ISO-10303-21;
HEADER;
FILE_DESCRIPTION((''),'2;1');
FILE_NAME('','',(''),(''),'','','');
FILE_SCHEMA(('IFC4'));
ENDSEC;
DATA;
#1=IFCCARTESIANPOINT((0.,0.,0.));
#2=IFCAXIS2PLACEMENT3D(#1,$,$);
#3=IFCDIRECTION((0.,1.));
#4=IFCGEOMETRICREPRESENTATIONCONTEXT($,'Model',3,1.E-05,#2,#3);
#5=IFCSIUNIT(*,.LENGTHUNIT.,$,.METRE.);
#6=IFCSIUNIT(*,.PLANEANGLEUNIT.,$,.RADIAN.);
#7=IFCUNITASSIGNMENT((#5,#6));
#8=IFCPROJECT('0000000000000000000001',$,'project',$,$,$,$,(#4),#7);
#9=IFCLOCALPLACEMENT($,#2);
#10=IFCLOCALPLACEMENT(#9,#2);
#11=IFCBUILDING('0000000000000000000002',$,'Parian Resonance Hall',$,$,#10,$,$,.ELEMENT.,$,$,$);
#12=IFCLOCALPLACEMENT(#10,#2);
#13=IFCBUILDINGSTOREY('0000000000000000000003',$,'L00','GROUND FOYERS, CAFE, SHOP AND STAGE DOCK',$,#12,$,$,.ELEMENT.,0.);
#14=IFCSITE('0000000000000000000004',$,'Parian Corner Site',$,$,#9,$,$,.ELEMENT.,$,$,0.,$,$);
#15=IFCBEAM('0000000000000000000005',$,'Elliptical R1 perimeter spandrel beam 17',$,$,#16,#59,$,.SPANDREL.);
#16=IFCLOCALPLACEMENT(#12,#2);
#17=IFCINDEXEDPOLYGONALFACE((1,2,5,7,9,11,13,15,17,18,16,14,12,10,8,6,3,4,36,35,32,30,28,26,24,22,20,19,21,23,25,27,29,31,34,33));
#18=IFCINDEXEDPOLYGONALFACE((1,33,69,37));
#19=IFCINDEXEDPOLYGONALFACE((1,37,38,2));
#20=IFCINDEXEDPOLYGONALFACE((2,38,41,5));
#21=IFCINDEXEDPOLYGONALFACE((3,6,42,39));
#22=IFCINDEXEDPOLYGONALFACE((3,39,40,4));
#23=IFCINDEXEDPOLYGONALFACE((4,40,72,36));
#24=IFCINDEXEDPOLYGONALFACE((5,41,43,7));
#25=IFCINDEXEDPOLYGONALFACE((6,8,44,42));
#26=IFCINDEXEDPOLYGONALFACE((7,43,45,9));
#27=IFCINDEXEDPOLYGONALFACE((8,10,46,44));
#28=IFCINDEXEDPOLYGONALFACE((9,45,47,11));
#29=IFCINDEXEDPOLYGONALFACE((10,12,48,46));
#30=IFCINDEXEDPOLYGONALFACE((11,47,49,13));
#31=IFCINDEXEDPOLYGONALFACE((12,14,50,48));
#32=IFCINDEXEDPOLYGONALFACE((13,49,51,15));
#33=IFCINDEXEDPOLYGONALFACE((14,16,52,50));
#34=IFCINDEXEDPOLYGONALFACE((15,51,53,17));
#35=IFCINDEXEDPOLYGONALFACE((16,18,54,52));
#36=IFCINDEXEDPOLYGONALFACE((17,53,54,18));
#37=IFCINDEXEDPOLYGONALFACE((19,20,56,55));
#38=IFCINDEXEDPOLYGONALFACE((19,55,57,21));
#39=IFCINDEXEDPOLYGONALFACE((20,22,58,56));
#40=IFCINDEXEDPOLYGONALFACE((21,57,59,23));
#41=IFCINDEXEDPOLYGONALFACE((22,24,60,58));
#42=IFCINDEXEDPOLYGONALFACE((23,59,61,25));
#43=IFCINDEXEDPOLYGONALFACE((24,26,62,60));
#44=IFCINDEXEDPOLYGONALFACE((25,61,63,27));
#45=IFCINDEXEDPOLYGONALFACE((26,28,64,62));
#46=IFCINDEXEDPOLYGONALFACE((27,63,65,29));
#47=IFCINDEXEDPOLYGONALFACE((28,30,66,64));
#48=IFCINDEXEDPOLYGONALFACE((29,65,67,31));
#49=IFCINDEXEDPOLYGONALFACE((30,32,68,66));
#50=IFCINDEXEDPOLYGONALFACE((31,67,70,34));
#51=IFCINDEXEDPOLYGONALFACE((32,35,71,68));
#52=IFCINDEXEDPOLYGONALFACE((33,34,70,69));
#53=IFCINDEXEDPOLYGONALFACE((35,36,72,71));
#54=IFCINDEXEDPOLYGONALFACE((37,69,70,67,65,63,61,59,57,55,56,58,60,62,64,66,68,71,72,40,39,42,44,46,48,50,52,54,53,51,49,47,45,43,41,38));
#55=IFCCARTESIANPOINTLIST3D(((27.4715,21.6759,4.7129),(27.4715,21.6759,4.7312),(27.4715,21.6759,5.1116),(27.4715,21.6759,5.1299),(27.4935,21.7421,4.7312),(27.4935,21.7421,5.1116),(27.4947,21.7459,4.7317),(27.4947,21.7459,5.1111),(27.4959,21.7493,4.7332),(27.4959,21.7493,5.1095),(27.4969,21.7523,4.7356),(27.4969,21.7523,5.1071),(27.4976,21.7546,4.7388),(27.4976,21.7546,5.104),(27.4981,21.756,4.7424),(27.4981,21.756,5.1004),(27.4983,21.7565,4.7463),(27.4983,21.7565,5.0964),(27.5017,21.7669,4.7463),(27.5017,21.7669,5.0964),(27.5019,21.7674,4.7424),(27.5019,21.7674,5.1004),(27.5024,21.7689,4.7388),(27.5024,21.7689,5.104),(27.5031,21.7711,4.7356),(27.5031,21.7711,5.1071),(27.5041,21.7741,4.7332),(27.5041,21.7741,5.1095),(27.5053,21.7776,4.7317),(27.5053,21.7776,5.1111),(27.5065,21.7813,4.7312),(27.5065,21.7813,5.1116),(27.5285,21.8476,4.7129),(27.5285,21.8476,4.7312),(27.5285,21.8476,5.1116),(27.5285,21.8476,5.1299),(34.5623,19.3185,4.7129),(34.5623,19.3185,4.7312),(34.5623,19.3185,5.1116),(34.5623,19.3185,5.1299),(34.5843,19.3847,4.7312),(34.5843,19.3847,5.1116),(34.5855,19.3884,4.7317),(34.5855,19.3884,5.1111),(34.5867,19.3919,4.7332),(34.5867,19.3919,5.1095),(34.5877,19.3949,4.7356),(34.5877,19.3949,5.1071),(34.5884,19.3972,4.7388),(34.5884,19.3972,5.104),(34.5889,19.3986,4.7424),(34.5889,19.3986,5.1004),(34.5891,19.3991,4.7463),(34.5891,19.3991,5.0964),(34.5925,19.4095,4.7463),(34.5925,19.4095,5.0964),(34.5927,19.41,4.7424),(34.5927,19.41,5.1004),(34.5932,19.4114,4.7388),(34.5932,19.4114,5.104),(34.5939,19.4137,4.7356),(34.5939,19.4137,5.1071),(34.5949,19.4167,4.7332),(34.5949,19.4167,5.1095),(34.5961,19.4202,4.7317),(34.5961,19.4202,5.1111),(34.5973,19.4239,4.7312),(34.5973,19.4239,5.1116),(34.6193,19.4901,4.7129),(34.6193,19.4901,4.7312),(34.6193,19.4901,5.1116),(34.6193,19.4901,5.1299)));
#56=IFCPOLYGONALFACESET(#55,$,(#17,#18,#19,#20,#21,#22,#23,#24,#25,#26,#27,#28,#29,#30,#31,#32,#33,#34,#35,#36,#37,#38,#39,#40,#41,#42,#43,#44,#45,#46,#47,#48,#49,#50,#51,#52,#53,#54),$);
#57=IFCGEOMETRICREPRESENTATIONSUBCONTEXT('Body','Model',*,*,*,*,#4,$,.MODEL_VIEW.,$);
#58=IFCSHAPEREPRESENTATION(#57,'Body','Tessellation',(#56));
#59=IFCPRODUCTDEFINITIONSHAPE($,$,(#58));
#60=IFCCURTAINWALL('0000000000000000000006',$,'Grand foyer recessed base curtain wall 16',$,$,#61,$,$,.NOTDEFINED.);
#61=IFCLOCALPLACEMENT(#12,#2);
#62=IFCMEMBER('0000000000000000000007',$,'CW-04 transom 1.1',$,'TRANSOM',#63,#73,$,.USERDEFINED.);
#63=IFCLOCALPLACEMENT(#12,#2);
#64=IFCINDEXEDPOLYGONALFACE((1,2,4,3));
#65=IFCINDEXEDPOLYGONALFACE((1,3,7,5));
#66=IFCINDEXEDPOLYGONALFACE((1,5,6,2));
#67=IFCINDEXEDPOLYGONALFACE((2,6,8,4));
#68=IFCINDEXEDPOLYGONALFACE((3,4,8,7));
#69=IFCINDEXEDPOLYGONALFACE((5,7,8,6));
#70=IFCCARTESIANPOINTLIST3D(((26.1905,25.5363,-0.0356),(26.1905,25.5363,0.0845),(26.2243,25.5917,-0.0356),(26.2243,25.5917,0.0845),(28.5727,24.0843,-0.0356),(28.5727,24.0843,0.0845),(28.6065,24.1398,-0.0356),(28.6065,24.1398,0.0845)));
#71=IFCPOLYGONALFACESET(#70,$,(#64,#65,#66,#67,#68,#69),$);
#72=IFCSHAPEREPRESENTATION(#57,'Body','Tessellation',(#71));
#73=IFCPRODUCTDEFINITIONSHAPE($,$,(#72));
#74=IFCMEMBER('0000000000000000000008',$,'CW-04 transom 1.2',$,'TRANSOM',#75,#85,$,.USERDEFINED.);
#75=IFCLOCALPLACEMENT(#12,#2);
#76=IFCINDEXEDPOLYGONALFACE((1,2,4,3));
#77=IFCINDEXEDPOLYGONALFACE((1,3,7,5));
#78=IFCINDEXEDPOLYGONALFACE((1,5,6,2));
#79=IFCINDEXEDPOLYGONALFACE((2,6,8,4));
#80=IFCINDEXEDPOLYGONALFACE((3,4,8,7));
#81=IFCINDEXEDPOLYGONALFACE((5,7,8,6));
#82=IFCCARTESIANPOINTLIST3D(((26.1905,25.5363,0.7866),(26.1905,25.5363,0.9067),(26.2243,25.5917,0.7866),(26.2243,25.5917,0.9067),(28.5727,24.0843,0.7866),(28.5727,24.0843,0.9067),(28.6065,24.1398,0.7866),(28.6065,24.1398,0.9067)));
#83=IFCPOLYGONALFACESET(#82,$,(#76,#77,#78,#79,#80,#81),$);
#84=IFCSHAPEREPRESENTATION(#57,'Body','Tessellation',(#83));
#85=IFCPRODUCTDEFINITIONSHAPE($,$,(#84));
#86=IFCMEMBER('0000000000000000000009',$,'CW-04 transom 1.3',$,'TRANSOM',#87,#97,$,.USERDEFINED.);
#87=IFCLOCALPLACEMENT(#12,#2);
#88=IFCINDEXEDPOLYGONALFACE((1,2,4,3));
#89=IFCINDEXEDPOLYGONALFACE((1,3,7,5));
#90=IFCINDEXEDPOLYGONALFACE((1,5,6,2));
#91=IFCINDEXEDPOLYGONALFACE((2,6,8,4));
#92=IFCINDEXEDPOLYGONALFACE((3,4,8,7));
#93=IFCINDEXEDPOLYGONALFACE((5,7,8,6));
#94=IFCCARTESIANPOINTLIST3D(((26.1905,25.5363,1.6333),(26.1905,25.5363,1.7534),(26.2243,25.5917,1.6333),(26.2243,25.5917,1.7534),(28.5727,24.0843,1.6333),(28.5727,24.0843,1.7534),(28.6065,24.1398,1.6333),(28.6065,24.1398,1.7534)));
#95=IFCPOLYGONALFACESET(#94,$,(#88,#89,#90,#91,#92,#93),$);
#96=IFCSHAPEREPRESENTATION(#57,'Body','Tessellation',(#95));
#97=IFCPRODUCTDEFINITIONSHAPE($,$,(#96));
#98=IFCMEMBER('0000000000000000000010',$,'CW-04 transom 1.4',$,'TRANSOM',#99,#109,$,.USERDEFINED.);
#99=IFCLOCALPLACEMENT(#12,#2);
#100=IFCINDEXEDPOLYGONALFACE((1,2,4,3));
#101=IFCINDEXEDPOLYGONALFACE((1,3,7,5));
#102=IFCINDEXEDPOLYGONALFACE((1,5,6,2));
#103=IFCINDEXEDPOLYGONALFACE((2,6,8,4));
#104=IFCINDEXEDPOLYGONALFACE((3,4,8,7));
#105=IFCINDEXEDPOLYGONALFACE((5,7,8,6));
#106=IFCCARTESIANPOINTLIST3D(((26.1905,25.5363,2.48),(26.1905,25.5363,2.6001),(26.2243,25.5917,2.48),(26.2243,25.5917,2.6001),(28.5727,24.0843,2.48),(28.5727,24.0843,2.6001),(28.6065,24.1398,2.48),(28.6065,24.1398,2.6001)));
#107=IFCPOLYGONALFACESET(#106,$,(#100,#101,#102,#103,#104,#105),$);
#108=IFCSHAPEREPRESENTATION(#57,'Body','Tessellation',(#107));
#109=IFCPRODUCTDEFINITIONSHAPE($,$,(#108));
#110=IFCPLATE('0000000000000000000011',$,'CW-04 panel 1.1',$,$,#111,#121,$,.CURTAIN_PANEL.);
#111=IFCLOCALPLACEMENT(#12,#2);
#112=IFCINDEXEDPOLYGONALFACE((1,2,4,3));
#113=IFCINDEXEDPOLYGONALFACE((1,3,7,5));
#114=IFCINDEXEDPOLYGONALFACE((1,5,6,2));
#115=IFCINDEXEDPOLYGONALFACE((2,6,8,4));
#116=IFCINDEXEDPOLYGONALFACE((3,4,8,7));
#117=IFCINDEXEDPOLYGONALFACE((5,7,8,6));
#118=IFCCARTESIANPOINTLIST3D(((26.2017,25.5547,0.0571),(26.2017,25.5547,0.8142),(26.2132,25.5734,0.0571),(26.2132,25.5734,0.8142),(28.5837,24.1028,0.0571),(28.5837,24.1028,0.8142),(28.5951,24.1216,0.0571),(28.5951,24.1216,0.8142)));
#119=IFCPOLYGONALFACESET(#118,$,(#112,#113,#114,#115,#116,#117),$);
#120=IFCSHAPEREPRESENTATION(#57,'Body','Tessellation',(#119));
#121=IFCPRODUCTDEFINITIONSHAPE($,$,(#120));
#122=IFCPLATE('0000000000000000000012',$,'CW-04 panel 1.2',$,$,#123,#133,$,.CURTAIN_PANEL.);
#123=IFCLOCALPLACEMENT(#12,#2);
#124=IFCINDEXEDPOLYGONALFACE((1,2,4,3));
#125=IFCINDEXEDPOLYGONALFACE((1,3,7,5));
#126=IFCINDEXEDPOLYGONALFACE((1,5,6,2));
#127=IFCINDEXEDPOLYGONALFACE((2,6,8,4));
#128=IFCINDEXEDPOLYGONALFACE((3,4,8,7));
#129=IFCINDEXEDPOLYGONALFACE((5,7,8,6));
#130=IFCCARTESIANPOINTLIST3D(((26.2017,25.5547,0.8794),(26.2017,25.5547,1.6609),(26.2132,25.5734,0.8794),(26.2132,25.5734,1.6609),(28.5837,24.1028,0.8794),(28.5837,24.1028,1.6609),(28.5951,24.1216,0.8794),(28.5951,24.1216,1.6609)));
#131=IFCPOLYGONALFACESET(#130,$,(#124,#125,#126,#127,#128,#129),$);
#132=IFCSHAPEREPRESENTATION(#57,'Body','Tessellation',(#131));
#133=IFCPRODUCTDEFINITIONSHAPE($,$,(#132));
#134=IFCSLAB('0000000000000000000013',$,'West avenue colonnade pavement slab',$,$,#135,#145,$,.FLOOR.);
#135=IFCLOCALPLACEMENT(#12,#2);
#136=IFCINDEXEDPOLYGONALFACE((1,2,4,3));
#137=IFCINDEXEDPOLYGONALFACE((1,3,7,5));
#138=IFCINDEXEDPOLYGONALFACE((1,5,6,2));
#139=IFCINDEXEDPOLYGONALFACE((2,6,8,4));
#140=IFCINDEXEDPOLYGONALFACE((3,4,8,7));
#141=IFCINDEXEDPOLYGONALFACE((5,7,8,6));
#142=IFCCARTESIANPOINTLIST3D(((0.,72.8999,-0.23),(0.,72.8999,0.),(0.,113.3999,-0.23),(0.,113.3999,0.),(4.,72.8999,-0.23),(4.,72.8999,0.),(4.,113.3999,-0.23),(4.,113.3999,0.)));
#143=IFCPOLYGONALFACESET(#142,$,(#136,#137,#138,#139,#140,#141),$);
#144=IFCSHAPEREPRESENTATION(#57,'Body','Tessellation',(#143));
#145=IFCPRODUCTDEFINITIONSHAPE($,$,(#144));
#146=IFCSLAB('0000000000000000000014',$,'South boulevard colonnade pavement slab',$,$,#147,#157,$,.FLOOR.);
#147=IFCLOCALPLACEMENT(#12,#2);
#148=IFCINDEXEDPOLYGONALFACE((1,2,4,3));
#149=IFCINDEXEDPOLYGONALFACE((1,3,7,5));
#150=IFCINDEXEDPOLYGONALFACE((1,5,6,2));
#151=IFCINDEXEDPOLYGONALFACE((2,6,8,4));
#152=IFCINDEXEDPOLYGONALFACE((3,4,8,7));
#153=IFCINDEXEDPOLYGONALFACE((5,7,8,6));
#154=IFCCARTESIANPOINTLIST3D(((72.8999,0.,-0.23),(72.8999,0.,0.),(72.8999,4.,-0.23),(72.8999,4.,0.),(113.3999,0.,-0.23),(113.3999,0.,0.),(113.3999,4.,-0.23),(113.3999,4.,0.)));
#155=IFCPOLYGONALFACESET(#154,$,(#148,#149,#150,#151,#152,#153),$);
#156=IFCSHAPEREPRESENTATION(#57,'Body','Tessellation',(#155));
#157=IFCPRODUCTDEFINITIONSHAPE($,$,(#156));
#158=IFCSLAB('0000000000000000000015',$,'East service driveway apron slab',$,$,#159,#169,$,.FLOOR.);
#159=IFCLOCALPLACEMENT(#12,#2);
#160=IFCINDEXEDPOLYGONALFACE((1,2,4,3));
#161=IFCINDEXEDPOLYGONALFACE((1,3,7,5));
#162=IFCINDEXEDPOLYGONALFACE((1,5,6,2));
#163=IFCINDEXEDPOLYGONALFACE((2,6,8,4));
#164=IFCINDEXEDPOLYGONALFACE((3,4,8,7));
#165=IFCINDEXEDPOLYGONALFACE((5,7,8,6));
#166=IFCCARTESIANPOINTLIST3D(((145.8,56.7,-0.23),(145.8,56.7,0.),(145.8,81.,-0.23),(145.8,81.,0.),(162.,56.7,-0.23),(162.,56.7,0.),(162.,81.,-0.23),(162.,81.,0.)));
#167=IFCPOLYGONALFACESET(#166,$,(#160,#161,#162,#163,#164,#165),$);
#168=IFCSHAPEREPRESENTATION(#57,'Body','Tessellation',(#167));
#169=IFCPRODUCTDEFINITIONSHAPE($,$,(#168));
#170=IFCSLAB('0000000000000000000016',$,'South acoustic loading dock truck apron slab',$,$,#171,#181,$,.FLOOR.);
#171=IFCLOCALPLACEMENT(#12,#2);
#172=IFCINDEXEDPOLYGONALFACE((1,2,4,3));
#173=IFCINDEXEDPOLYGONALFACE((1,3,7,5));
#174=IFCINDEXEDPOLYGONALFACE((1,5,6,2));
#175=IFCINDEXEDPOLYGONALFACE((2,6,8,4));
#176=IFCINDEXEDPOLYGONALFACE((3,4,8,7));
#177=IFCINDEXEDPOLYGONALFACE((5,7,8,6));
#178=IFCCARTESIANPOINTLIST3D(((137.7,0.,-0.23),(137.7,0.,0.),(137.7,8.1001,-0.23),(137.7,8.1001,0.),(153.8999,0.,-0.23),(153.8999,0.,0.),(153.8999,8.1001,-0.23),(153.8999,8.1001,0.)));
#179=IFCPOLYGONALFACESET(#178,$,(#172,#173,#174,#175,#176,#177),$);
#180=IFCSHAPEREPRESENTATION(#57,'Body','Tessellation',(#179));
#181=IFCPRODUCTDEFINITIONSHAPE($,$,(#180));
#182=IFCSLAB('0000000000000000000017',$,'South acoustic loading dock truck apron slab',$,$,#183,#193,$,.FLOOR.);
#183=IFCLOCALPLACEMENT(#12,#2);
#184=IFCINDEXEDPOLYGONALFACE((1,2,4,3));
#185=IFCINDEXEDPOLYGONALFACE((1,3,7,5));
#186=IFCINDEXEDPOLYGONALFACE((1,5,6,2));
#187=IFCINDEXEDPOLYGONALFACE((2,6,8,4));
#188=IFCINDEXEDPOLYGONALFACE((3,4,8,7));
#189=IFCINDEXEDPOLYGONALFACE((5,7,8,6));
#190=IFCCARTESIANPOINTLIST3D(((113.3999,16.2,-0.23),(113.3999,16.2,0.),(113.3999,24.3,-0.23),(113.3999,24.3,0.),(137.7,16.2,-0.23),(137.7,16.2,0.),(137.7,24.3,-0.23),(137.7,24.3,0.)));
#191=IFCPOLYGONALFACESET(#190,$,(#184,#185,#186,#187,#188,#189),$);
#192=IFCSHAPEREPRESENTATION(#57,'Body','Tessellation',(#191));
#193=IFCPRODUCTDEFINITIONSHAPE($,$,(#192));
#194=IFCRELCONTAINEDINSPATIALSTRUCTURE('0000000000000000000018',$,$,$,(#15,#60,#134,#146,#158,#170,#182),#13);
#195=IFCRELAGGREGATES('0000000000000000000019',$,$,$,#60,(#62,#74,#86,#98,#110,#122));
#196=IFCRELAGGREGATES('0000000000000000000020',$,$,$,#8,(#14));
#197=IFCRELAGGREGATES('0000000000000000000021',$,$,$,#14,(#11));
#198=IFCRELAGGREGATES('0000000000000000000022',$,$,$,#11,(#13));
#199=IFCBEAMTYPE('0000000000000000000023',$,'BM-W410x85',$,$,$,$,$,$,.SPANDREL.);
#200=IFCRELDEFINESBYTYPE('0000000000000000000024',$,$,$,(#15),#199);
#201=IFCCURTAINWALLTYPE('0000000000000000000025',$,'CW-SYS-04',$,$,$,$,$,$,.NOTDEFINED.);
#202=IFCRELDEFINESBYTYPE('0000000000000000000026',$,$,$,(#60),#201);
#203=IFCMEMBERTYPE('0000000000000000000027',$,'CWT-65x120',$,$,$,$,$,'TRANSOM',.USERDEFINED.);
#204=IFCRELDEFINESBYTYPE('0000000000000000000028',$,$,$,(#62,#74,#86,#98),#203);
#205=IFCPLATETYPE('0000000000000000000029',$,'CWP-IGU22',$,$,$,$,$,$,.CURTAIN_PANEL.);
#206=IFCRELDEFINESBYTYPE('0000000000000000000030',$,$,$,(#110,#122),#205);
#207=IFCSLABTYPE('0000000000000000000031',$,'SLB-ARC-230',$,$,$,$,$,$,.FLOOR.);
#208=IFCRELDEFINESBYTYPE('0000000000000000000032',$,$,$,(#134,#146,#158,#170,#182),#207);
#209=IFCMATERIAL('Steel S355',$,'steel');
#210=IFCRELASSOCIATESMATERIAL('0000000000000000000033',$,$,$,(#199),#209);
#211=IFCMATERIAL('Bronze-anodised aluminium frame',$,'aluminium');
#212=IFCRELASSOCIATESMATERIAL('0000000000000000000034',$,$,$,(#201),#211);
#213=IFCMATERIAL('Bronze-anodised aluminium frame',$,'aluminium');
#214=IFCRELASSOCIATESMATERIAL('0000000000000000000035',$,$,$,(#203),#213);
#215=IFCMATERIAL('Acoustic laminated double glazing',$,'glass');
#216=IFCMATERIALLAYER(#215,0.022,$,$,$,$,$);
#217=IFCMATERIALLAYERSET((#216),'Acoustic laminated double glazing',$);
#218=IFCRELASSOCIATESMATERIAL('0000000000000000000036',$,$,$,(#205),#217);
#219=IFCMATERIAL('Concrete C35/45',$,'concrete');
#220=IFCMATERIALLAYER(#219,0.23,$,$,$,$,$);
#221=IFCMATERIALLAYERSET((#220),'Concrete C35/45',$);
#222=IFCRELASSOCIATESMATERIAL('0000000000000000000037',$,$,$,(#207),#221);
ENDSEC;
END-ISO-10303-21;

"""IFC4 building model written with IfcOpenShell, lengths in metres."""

from ifc_helpers import new_model, si_unit, direction, frame, origin, origin_2d, place, context, subcontext, project, spatial, polyline, rectangle, i_section, outline, extrude, material, layer, layer_set, material_profile, profile_set, type_object, element, aggregate, save


model = new_model("IFC4")

# Units and contexts
model_context = context("Model", 3, precision=1e-05, world=origin(), true_north=direction((0.0, 1.0)))
body_context = subcontext(model_context, "Body", "Model", "MODEL_VIEW")
ifc_project = project(units=[si_unit("LENGTHUNIT", "METRE"), si_unit("PLANEANGLEUNIT", "RADIAN")], contexts=[model_context])

# Site, building, storey
site_placement = place(None, origin())
site = spatial("IfcSite", under=ifc_project, at=site_placement, Name="Parian Corner Site", CompositionType="ELEMENT", RefElevation=0.0)
building_placement = place(site_placement, origin())
building = spatial("IfcBuilding", under=site, at=building_placement, Name="Parian Resonance Hall", CompositionType="ELEMENT")
storey_placement = place(building_placement, origin())
storey = spatial("IfcBuildingStorey", under=building, at=storey_placement, Name="L00", Description="GROUND FOYERS, CAFE, SHOP AND STAGE DOCK", CompositionType="ELEMENT", Elevation=0.0)

# Beam
ifc_material_1 = material(Name="Steel S355", Category="steel")
ifc_material_profile_1 = material_profile(ifc_material_1, i_section(OverallWidth=0.1809, OverallDepth=0.417, WebThickness=0.011, FlangeThickness=0.0183, FilletRadius=0.0151, at=origin_2d()), Name="W410x85")
ifc_profile_set_1 = profile_set([ifc_material_profile_1], Name="Steel S355")
beam_type = type_object("IfcBeamType", Name="BM-W410x85", PredefinedType="SPANDREL", material=ifc_profile_set_1)
beam_placement = place(storey_placement, frame((27.5, 21.7617, 4.9214), z_axis=(0.948931, -0.315483, 0.0), x_axis=(0.315483, 0.948931, 0.0)))
element("IfcBeam", 1, at=beam_placement, inside=storey, type_object=beam_type, Name="Elliptical R1 perimeter spandrel beam 17", PredefinedType="SPANDREL", context=body_context, shape_type="SweptSolid", body=[
    extrude(i_section(OverallWidth=0.1809, OverallDepth=0.417, WebThickness=0.011, FlangeThickness=0.0183, FilletRadius=0.0151, at=origin_2d()), origin(), (0.0, 0.0, 1.0), 7.4724),
])

# Curtain wall, members, plates
ifc_material_2 = material(Name="Bronze-anodised aluminium frame", Category="aluminium")
curtain_wall_type = type_object("IfcCurtainWallType", Name="CW-SYS-04", PredefinedType="NOTDEFINED", material=ifc_material_2)
curtain_wall_placement = place(storey_placement, origin())
curtain_wall = element("IfcCurtainWall", 2, at=curtain_wall_placement, inside=storey, type_object=curtain_wall_type, Name="Grand foyer recessed base curtain wall 16", PredefinedType="NOTDEFINED")
ifc_material_3 = material(Name="Bronze-anodised aluminium frame", Category="aluminium")
ifc_material_profile_2 = material_profile(ifc_material_3, rectangle(XDim=0.0649, YDim=0.1201, at=origin_2d()), Name="CWT-65x120")
ifc_profile_set_2 = profile_set([ifc_material_profile_2], Name="Bronze-anodised aluminium frame")
member_type = type_object("IfcMemberType", Name="CWT-65x120", ElementType="TRANSOM", PredefinedType="USERDEFINED", material=ifc_profile_set_2)
member_1_placement = place(storey_placement, frame((28.5896, 24.1121, 0.0244), z_axis=(-0.853889, 0.520455, 0.0), x_axis=(-0.520455, -0.853889, 0.0)))
member_1 = element("IfcMember", 3, at=member_1_placement, type_object=member_type, Name="CW-04 transom 1.1", ObjectType="TRANSOM", PredefinedType="USERDEFINED", context=body_context, shape_type="SweptSolid", body=[
    extrude(rectangle(XDim=0.0649, YDim=0.1201, at=origin_2d()), origin(), (0.0, 0.0, 1.0), 2.7898),
])
member_2_placement = place(storey_placement, frame((28.5896, 24.1121, 0.8467), z_axis=(-0.853889, 0.520455, 0.0), x_axis=(-0.520455, -0.853889, 0.0)))
member_2 = element("IfcMember", 4, at=member_2_placement, type_object=member_type, Name="CW-04 transom 1.2", ObjectType="TRANSOM", PredefinedType="USERDEFINED", context=body_context, shape_type="SweptSolid", body=[
    extrude(rectangle(XDim=0.0649, YDim=0.1201, at=origin_2d()), origin(), (0.0, 0.0, 1.0), 2.7898),
])
member_3_placement = place(storey_placement, frame((28.5896, 24.1121, 1.6934), z_axis=(-0.853889, 0.520455, 0.0), x_axis=(-0.520455, -0.853889, 0.0)))
member_3 = element("IfcMember", 5, at=member_3_placement, type_object=member_type, Name="CW-04 transom 1.3", ObjectType="TRANSOM", PredefinedType="USERDEFINED", context=body_context, shape_type="SweptSolid", body=[
    extrude(rectangle(XDim=0.0649, YDim=0.1201, at=origin_2d()), origin(), (0.0, 0.0, 1.0), 2.7898),
])
member_4_placement = place(storey_placement, frame((28.5896, 24.1121, 2.54), z_axis=(-0.853889, 0.520455, 0.0), x_axis=(-0.520455, -0.853889, 0.0)))
member_4 = element("IfcMember", 6, at=member_4_placement, type_object=member_type, Name="CW-04 transom 1.4", ObjectType="TRANSOM", PredefinedType="USERDEFINED", context=body_context, shape_type="SweptSolid", body=[
    extrude(rectangle(XDim=0.0649, YDim=0.1201, at=origin_2d()), origin(), (0.0, 0.0, 1.0), 2.7898),
])
ifc_material_4 = material(Name="Acoustic laminated double glazing", Category="glass")
ifc_layer_1 = layer(ifc_material_4, 0.022)
ifc_layer_set_1 = layer_set([ifc_layer_1], Name="Acoustic laminated double glazing")
plate_type = type_object("IfcPlateType", Name="CWP-IGU22", PredefinedType="CURTAIN_PANEL", material=ifc_layer_set_1)
plate_1_placement = place(storey_placement, frame((27.3984, 24.8381, 0.0571), z_axis=(0.0, 0.0, 1.0), x_axis=(-0.853884, 0.520463, 0.0)))
plate_1 = element("IfcPlate", 7, at=plate_1_placement, type_object=plate_type, Name="CW-04 panel 1.1", PredefinedType="CURTAIN_PANEL", context=body_context, shape_type="SweptSolid", body=[
    extrude(rectangle(XDim=2.7896, YDim=0.022, at=origin_2d()), origin(), (0.0, 0.0, 1.0), 0.7571),
])
plate_2_placement = place(storey_placement, frame((27.3984, 24.8381, 0.8794), z_axis=(0.0, 0.0, 1.0), x_axis=(-0.853884, 0.520463, 0.0)))
plate_2 = element("IfcPlate", 8, at=plate_2_placement, type_object=plate_type, Name="CW-04 panel 1.2", PredefinedType="CURTAIN_PANEL", context=body_context, shape_type="SweptSolid", body=[
    extrude(rectangle(XDim=2.7896, YDim=0.022, at=origin_2d()), origin(), (0.0, 0.0, 1.0), 0.7815),
])
aggregate(curtain_wall, [member_1, member_2, member_3, member_4, plate_1, plate_2])

# Slabs
ifc_material_5 = material(Name="Concrete C35/45", Category="concrete")
ifc_layer_2 = layer(ifc_material_5, 0.23)
ifc_layer_set_2 = layer_set([ifc_layer_2], Name="Concrete C35/45")
slab_type_1 = type_object("IfcSlabType", Name="SLB-ARC-230", PredefinedType="FLOOR", material=ifc_layer_set_2)
slab_1_placement = place(storey_placement, frame((0.0, 0.0, -0.23)))
element("IfcSlab", 9, at=slab_1_placement, inside=storey, type_object=slab_type_1, Name="West avenue colonnade pavement slab", PredefinedType="FLOOR", context=body_context, shape_type="SweptSolid", body=[
    extrude(outline(polyline([(0.0, 72.8999), (4.0, 72.8999), (4.0, 113.3999), (0.0, 113.3999), (0.0, 72.8999)])), origin(), (0.0, 0.0, 1.0), 0.23),
])
slab_2_placement = place(storey_placement, frame((0.0, 0.0, -0.23)))
element("IfcSlab", 10, at=slab_2_placement, inside=storey, type_object=slab_type_1, Name="South boulevard colonnade pavement slab", PredefinedType="FLOOR", context=body_context, shape_type="SweptSolid", body=[
    extrude(outline(polyline([(72.8999, 0.0), (113.3999, 0.0), (113.3999, 4.0), (72.8999, 4.0), (72.8999, 0.0)])), origin(), (0.0, 0.0, 1.0), 0.23),
])
slab_3_placement = place(storey_placement, frame((0.0, 0.0, -0.23)))
element("IfcSlab", 11, at=slab_3_placement, inside=storey, type_object=slab_type_1, Name="East service driveway apron slab", PredefinedType="FLOOR", context=body_context, shape_type="SweptSolid", body=[
    extrude(outline(polyline([(145.8, 56.7), (162.0, 56.7), (162.0, 81.0), (145.8, 81.0), (145.8, 56.7)])), origin(), (0.0, 0.0, 1.0), 0.23),
])
slab_4_placement = place(storey_placement, frame((0.0, 0.0, -0.23)))
element("IfcSlab", 12, at=slab_4_placement, inside=storey, type_object=slab_type_1, Name="South acoustic loading dock truck apron slab", PredefinedType="FLOOR", context=body_context, shape_type="SweptSolid", body=[
    extrude(outline(polyline([(137.7, 0.0), (153.8999, 0.0), (153.8999, 8.1001), (137.7, 8.1001), (137.7, 0.0)])), origin(), (0.0, 0.0, 1.0), 0.23),
])
slab_5_placement = place(storey_placement, frame((0.0, 0.0, -0.23)))
element("IfcSlab", 13, at=slab_5_placement, inside=storey, type_object=slab_type_1, Name="South acoustic loading dock truck apron slab", PredefinedType="FLOOR", context=body_context, shape_type="SweptSolid", body=[
    extrude(outline(polyline([(113.3999, 16.2), (137.7, 16.2), (137.7, 24.3), (113.3999, 24.3), (113.3999, 16.2)])), origin(), (0.0, 0.0, 1.0), 0.23),
])

save(model, "model.ifc")
